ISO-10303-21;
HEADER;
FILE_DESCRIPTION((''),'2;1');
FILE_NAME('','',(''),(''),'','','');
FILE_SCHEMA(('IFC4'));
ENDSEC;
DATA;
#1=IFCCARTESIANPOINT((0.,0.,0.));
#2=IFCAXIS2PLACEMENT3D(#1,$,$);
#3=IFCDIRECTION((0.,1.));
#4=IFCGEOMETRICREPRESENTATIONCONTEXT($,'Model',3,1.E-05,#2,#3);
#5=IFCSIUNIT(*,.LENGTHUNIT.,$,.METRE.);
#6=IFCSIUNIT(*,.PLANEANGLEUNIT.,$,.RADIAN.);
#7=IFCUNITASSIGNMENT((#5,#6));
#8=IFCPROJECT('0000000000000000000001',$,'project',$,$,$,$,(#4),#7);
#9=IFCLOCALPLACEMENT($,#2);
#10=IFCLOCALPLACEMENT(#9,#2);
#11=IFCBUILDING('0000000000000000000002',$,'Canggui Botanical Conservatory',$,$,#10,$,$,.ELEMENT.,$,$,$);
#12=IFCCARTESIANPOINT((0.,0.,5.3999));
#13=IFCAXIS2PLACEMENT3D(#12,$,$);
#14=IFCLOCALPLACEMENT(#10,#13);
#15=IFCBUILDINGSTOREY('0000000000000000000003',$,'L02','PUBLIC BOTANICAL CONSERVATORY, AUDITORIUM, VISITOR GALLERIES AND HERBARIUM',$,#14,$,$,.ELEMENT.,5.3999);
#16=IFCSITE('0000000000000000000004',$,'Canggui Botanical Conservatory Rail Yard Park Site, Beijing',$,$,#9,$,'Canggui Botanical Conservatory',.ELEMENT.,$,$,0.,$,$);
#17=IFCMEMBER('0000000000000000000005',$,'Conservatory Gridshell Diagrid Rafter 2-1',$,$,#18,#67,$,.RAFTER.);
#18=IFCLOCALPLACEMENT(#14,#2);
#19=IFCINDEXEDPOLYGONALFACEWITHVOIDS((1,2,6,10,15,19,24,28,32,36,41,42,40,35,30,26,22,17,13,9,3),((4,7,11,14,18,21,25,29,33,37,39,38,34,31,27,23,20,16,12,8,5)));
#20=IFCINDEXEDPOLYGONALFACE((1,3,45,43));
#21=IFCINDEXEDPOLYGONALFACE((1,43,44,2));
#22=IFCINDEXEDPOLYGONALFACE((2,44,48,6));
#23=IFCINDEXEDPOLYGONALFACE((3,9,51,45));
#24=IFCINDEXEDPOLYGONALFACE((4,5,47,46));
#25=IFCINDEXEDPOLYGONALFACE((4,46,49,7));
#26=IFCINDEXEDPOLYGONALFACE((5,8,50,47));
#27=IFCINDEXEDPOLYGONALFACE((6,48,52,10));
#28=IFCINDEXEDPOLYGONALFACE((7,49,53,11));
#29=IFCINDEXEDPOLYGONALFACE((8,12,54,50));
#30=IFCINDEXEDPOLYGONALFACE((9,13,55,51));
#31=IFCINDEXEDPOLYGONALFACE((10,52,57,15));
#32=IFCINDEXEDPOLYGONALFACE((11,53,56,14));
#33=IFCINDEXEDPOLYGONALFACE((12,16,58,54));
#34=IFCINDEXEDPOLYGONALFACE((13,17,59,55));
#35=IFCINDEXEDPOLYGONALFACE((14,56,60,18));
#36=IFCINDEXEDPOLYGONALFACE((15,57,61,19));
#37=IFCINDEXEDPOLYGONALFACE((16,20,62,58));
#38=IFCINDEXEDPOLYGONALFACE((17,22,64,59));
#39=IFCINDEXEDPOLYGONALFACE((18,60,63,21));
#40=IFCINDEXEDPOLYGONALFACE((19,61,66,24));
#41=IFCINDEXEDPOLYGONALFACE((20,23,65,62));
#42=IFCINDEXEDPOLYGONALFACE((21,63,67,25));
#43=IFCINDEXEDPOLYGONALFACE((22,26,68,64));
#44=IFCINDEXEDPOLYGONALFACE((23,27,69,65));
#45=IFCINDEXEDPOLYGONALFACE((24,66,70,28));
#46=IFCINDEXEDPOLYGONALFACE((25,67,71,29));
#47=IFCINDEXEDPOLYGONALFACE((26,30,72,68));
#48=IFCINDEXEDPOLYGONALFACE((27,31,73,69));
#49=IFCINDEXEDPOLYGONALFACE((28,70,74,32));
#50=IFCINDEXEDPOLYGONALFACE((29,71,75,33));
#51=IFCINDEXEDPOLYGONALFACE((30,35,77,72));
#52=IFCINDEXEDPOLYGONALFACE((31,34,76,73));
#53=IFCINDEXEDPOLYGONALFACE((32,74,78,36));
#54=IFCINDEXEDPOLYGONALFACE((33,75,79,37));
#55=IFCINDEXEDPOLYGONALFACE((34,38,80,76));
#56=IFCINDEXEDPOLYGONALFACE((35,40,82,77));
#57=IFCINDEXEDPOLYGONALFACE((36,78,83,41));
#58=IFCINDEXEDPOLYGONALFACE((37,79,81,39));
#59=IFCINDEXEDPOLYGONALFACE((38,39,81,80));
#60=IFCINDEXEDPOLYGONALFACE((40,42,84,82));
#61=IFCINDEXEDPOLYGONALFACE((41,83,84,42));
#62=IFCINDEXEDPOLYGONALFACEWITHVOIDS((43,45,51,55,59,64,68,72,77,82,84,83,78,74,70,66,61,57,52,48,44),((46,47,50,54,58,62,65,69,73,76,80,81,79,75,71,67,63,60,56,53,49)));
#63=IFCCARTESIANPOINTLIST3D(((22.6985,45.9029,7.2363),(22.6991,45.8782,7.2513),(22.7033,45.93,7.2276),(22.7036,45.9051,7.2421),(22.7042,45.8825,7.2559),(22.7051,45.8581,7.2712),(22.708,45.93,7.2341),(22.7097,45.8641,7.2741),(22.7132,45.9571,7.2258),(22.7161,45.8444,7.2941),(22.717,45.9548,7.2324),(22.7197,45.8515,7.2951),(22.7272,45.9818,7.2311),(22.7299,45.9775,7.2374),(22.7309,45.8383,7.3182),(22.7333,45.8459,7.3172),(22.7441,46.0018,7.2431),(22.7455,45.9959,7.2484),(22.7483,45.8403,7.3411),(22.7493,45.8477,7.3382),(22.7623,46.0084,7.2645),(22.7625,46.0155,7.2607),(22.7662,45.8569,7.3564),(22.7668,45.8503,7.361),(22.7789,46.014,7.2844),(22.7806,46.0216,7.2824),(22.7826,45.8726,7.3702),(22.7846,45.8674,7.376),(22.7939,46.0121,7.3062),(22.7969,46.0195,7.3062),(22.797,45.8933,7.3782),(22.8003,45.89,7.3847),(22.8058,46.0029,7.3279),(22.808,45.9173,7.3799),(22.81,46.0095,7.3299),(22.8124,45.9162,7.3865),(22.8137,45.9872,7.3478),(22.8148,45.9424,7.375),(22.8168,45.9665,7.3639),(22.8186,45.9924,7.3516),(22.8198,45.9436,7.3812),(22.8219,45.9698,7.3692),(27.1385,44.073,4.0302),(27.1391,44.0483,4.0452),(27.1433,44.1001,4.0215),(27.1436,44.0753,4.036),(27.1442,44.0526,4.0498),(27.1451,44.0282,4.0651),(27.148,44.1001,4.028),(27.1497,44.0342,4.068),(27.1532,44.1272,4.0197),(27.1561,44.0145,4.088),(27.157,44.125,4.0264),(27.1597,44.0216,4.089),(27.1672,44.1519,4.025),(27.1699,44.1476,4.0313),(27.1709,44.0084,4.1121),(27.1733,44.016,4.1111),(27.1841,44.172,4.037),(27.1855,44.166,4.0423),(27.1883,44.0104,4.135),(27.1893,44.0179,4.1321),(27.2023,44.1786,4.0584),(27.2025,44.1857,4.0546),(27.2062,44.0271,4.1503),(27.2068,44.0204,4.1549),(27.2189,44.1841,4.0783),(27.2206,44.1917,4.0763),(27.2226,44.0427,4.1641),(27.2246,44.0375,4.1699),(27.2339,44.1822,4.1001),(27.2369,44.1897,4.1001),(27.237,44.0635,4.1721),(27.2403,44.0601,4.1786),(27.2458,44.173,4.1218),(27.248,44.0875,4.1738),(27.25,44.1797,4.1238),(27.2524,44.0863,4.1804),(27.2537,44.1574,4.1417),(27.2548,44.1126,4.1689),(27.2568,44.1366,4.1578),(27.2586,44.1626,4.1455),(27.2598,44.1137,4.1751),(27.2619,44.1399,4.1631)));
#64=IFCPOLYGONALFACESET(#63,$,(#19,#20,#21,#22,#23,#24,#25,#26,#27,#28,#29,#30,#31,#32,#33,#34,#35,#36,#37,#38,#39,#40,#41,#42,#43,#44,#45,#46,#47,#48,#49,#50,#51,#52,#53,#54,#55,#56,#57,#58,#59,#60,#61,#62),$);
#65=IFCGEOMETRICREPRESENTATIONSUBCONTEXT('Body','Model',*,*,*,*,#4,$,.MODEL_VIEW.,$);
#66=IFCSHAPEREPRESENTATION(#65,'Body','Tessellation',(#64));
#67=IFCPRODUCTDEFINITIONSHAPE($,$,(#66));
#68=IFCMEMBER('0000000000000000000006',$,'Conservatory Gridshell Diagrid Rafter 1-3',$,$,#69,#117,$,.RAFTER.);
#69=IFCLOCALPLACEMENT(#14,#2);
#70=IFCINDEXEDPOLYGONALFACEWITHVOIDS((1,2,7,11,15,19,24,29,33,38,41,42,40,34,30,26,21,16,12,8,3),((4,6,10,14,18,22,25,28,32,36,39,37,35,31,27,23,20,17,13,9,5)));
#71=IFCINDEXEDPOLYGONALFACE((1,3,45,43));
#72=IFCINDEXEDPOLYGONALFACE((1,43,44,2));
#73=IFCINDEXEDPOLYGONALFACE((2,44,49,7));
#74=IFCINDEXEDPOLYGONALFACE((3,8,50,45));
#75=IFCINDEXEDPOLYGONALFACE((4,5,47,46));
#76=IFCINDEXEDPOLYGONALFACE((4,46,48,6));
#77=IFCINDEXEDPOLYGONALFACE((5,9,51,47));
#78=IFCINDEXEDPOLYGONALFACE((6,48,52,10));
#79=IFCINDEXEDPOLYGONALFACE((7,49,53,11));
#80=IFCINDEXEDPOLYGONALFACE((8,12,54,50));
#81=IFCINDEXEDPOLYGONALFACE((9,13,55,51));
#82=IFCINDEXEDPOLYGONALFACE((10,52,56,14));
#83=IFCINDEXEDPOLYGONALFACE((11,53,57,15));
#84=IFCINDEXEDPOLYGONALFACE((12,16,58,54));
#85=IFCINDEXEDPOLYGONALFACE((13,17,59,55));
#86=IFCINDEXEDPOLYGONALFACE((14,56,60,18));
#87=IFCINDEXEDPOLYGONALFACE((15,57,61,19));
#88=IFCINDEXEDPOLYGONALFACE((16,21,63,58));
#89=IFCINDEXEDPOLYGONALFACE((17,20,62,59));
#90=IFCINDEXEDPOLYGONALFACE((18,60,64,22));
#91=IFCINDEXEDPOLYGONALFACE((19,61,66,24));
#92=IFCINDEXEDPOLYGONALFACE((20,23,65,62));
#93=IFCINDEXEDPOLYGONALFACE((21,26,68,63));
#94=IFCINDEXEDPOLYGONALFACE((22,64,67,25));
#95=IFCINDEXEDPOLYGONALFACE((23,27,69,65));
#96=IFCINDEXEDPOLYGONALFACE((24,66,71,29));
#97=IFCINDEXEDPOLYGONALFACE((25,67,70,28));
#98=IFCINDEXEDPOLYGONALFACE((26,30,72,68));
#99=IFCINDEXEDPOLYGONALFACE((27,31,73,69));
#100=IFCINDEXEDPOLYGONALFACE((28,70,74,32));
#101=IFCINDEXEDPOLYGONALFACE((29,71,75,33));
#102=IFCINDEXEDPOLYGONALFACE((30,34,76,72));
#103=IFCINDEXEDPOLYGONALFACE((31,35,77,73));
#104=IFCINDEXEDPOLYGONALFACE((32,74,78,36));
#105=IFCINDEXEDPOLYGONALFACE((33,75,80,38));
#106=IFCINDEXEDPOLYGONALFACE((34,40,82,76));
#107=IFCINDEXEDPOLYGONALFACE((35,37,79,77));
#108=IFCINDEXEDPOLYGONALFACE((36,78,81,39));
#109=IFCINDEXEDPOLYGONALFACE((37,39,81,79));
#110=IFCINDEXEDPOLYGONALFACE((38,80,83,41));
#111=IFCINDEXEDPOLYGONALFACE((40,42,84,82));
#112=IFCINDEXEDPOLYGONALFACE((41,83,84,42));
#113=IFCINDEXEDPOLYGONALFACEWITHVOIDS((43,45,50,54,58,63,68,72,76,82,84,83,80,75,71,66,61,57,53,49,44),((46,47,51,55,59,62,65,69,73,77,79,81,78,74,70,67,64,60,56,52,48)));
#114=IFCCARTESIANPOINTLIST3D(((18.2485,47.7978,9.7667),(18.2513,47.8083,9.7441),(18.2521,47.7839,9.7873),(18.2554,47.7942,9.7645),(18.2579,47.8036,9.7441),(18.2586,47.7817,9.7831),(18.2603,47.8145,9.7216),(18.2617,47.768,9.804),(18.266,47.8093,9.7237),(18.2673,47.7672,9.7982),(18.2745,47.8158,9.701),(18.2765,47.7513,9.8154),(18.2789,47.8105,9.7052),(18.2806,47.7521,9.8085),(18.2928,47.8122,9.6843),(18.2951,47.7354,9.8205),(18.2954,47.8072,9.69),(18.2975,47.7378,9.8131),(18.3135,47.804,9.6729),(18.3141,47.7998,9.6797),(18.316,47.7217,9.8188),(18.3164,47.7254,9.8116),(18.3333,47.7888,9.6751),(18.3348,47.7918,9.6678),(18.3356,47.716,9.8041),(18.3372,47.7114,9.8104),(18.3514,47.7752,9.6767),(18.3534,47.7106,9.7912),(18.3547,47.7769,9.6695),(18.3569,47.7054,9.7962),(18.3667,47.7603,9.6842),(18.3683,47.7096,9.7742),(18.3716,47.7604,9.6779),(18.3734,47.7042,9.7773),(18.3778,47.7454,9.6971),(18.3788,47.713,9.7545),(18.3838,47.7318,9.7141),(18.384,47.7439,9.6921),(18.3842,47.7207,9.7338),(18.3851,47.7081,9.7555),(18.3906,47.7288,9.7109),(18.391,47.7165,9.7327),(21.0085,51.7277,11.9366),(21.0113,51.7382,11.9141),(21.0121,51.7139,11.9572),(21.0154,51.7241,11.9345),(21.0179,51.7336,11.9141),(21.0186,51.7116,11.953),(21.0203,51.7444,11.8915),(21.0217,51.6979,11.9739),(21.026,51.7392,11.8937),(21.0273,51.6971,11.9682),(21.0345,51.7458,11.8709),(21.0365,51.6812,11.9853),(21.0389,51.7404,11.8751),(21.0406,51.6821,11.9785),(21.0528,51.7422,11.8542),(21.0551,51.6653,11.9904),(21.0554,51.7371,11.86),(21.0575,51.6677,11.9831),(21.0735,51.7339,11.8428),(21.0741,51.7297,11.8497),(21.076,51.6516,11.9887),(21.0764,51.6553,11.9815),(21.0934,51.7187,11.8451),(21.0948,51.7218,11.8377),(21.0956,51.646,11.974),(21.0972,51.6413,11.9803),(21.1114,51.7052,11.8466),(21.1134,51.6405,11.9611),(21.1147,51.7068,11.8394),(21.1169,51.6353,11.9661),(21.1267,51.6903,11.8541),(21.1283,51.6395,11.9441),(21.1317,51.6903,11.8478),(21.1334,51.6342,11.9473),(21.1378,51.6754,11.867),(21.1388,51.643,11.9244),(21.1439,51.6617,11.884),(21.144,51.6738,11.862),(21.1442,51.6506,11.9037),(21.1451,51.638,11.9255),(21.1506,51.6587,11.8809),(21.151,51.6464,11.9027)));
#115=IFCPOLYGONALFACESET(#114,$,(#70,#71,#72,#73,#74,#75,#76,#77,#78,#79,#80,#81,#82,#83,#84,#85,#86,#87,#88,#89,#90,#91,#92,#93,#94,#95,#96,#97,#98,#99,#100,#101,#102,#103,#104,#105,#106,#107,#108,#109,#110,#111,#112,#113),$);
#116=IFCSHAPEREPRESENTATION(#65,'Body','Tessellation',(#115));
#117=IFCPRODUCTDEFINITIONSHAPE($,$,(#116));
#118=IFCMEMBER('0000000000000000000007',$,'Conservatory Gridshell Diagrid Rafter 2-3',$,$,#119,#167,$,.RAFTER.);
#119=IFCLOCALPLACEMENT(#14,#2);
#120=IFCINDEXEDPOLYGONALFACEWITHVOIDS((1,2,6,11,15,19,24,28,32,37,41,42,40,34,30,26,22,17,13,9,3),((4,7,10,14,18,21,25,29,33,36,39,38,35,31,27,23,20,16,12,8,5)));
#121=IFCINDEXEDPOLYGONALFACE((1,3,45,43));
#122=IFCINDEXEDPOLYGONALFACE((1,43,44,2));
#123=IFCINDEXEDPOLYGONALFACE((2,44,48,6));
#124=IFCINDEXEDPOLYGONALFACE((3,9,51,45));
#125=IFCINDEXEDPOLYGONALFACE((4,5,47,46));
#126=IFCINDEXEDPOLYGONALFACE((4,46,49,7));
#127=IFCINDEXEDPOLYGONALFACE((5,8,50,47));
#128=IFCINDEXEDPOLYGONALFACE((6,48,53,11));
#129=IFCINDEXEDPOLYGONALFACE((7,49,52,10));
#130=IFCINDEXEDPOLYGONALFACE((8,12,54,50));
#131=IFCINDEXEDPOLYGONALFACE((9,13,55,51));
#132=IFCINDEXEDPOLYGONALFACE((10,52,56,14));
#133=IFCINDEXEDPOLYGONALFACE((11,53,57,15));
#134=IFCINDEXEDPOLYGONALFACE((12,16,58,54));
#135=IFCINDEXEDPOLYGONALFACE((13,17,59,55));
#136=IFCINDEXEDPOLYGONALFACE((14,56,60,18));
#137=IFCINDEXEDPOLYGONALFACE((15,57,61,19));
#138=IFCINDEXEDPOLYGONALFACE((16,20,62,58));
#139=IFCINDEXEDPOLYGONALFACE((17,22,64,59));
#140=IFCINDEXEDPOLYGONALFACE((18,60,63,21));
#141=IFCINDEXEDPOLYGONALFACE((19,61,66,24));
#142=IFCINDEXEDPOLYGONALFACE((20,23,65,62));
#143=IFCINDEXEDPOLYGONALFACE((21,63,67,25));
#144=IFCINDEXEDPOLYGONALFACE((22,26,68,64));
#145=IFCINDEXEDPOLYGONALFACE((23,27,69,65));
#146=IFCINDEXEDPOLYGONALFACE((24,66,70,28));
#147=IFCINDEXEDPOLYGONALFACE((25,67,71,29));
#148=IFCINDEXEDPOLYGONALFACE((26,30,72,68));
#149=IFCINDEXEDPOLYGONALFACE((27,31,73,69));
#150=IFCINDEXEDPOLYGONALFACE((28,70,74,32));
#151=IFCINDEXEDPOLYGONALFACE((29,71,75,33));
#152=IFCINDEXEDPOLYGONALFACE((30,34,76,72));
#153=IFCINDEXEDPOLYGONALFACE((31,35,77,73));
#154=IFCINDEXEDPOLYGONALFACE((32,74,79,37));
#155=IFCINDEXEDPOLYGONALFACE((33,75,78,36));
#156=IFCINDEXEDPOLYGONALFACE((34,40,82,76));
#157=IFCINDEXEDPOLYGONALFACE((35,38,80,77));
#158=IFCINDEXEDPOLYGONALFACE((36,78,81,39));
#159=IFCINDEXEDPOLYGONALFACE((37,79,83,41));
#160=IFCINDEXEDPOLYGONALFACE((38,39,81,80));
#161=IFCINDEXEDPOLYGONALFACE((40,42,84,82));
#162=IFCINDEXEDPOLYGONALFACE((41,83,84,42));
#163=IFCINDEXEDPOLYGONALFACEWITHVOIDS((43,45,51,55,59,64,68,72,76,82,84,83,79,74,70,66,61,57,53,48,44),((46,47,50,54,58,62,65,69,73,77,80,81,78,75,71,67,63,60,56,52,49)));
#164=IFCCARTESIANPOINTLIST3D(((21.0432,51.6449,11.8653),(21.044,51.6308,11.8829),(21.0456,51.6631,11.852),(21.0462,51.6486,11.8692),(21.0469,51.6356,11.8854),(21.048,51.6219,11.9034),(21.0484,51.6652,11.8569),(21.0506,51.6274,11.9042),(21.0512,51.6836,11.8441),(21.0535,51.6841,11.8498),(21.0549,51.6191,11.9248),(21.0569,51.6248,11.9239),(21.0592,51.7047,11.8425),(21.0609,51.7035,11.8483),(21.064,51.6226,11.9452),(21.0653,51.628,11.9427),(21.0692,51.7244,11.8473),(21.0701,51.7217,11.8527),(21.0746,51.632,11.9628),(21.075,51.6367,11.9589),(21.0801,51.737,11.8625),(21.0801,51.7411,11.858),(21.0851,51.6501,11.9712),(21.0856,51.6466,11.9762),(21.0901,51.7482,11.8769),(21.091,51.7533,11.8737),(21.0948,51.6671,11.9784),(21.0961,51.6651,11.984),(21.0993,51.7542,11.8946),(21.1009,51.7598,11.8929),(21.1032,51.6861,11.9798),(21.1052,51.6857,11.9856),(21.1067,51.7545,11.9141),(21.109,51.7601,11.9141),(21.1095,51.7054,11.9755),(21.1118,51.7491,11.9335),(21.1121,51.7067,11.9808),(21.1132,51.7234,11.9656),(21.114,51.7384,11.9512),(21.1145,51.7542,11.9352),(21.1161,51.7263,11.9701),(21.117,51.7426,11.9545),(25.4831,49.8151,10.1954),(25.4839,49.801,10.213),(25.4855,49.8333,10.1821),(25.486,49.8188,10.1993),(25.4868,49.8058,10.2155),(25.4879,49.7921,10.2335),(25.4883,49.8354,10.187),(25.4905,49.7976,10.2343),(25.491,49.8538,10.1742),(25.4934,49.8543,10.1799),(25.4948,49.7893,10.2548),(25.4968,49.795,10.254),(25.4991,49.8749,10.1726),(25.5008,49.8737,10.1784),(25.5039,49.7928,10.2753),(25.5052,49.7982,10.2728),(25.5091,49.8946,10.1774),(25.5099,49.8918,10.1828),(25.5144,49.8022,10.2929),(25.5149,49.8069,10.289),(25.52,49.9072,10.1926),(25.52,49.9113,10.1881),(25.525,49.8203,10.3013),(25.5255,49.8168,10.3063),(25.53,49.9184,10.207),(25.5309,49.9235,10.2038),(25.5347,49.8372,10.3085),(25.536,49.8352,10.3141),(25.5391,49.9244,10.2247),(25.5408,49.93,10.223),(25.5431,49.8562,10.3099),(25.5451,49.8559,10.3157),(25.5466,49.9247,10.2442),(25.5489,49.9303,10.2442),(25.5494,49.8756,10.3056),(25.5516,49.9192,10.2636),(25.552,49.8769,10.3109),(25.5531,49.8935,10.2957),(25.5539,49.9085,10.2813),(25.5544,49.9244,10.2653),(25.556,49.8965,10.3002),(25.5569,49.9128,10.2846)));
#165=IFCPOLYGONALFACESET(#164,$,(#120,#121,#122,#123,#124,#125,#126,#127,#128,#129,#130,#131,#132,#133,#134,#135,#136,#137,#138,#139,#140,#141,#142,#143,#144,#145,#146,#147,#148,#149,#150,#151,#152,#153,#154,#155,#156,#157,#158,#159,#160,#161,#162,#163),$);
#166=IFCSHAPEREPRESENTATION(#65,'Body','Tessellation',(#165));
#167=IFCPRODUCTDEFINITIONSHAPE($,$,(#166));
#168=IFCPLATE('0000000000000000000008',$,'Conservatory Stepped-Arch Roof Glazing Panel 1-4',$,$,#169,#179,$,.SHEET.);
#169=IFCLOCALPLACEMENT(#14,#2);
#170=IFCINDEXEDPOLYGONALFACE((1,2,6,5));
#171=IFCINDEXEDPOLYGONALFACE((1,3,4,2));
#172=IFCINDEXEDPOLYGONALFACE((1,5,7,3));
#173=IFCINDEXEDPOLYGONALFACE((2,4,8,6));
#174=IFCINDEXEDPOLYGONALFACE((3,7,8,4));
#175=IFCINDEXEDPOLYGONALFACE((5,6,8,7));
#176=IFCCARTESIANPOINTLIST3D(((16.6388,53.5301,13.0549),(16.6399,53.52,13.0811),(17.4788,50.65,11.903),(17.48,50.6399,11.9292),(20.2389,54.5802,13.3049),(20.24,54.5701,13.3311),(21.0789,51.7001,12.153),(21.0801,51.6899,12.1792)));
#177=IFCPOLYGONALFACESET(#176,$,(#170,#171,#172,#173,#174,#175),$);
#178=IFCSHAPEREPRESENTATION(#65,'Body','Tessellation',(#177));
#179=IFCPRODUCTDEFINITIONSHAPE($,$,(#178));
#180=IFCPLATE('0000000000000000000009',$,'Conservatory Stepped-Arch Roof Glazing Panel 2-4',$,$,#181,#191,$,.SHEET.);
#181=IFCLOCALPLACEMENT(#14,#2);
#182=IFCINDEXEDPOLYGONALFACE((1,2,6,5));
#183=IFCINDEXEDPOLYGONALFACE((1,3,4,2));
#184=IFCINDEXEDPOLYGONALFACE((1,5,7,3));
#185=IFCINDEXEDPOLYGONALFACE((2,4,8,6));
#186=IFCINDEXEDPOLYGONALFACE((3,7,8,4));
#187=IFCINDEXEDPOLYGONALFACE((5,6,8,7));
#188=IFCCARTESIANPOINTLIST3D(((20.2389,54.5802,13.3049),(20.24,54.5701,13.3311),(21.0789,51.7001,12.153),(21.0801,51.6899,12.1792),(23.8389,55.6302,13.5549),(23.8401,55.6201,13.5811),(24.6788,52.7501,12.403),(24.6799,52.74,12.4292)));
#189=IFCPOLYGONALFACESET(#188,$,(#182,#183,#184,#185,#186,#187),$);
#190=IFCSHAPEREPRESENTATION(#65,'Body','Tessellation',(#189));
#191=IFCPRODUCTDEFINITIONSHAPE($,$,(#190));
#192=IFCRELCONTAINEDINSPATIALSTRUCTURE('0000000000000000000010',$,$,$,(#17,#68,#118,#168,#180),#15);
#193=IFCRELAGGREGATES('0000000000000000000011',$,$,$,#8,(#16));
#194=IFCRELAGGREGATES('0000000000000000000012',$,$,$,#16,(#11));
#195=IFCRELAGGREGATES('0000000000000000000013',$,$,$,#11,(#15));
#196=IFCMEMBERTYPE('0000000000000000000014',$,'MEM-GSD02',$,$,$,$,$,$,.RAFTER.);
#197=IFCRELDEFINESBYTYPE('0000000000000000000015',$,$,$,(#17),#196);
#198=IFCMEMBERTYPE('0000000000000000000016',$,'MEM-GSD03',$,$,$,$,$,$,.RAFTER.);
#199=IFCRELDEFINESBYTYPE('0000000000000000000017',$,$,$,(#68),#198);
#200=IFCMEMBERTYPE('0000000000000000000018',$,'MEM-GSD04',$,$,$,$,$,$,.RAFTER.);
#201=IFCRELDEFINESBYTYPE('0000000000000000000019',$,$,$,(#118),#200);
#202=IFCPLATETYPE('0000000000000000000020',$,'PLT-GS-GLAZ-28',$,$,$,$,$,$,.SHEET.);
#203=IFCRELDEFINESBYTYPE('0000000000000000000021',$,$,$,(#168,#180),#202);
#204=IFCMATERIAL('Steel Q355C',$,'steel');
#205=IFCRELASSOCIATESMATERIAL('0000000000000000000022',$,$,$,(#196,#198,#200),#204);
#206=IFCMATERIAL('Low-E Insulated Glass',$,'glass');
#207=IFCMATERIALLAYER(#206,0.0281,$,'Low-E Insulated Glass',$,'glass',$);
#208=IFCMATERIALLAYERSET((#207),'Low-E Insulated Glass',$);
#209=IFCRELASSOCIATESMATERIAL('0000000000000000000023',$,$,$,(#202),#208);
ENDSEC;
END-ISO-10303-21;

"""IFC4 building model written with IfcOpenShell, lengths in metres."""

from ifc_helpers import new_model, si_unit, direction, frame, origin, origin_2d, place, context, subcontext, project, spatial, polyline, hollow_circle, outline, extrude, material, layer, layer_set, material_profile, profile_set, type_object, element, save


model = new_model("IFC4")

# Units and contexts
model_context = context("Model", 3, precision=1e-05, world=origin(), true_north=direction((0.0, 1.0)))
body_context = subcontext(model_context, "Body", "Model", "MODEL_VIEW")
ifc_project = project(units=[si_unit("LENGTHUNIT", "METRE"), si_unit("PLANEANGLEUNIT", "RADIAN")], contexts=[model_context])

# Site, building, storey
site_placement = place(None, origin())
site = spatial("IfcSite", under=ifc_project, at=site_placement, Name="Canggui Botanical Conservatory Rail Yard Park Site, Beijing", LongName="Canggui Botanical Conservatory", CompositionType="ELEMENT", RefElevation=0.0)
building_placement = place(site_placement, origin())
building = spatial("IfcBuilding", under=site, at=building_placement, Name="Canggui Botanical Conservatory", CompositionType="ELEMENT")
storey_placement = place(building_placement, frame((0.0, 0.0, 5.3999)))
storey = spatial("IfcBuildingStorey", under=building, at=storey_placement, Name="L02", Description="PUBLIC BOTANICAL CONSERVATORY, AUDITORIUM, VISITOR GALLERIES AND HERBARIUM", CompositionType="ELEMENT", Elevation=5.3999)

# Shared definitions
ifc_material_1 = material(Name="Steel Q355C", Category="steel")

# Members
ifc_material_profile_1 = material_profile(ifc_material_1, hollow_circle(Radius=0.0969, WallThickness=0.0081, at=origin_2d()), Name="CHS 194x8")
ifc_profile_set_1 = profile_set([ifc_material_profile_1], Name="Steel Q355C")
member_type_1 = type_object("IfcMemberType", Name="MEM-GSD02", PredefinedType="RAFTER", material=ifc_profile_set_1)
member_1_placement = place(storey_placement, frame((22.76, 45.9299, 7.3062), z_axis=(0.768942, -0.316904, -0.555248), x_axis=(0.381039, 0.924559, 0.0)))
element("IfcMember", 1, at=member_1_placement, inside=storey, type_object=member_type_1, Name="Conservatory Gridshell Diagrid Rafter 2-1", PredefinedType="RAFTER", context=body_context, shape_type="SweptSolid", body=[
    extrude(hollow_circle(Radius=0.0969, WallThickness=0.0081, at=origin_2d()), origin(), (0.0, 0.0, 1.0), 5.7742),
])
ifc_material_profile_2 = material_profile(ifc_material_1, hollow_circle(Radius=0.084, WallThickness=0.0081, at=origin_2d()), Name="CHS 168x8")
ifc_profile_set_2 = profile_set([ifc_material_profile_2], Name="Steel Q355C")
member_type_2 = type_object("IfcMemberType", Name="MEM-GSD03", PredefinedType="RAFTER", material=ifc_profile_set_2)
member_2_placement = place(storey_placement, frame((18.3201, 47.76, 9.7441), z_axis=(0.523743, 0.745749, 0.411767), x_axis=(-0.818345, 0.574728, 0.0)))
element("IfcMember", 2, at=member_2_placement, inside=storey, type_object=member_type_2, Name="Conservatory Gridshell Diagrid Rafter 1-3", PredefinedType="RAFTER", context=body_context, shape_type="SweptSolid", body=[
    extrude(hollow_circle(Radius=0.084, WallThickness=0.0081, at=origin_2d()), origin(), (0.0, 0.0, 1.0), 5.2698),
])
ifc_material_profile_3 = material_profile(ifc_material_1, hollow_circle(Radius=0.0759, WallThickness=0.0061, at=origin_2d()), Name="CHS 152x6")
ifc_profile_set_3 = profile_set([ifc_material_profile_3], Name="Steel Q355C")
member_type_3 = type_object("IfcMemberType", Name="MEM-GSD04", PredefinedType="RAFTER", material=ifc_profile_set_3)
member_3_placement = place(storey_placement, frame((21.0801, 51.6899, 11.9141), z_axis=(0.873267, -0.3599, -0.328447), x_axis=(0.381039, 0.924559, 0.0)))
element("IfcMember", 3, at=member_3_placement, inside=storey, type_object=member_type_3, Name="Conservatory Gridshell Diagrid Rafter 2-3", PredefinedType="RAFTER", context=body_context, shape_type="SweptSolid", body=[
    extrude(hollow_circle(Radius=0.0759, WallThickness=0.0061, at=origin_2d()), origin(), (0.0, 0.0, 1.0), 5.0842),
])

# Plates
ifc_material_2 = material(Name="Low-E Insulated Glass", Category="glass")
ifc_layer_1 = layer(ifc_material_2, 0.0281, Name="Low-E Insulated Glass", Category="glass")
ifc_layer_set_1 = layer_set([ifc_layer_1], Name="Low-E Insulated Glass")
plate_type_1 = type_object("IfcPlateType", Name="PLT-GS-GLAZ-28", PredefinedType="SHEET", material=ifc_layer_set_1)
plate_1_placement = place(storey_placement, frame((17.48, 50.6399, 11.9292), z_axis=(0.040536, -0.360815, 0.931756), x_axis=(0.957872, 0.279385, 0.066517)))
element("IfcPlate", 4, at=plate_1_placement, inside=storey, type_object=plate_type_1, Name="Conservatory Stepped-Arch Roof Glazing Panel 1-4", PredefinedType="SHEET", context=body_context, shape_type="SweptSolid", body=[
    extrude(outline(polyline([(0.0, 0.0), (3.7584, 0.0), (3.835, 3.2128), (0.0766, 3.2128), (0.0, 0.0)])), origin(), (0.0, 0.0, -1.0), 0.0281),
])
plate_2_placement = place(storey_placement, frame((21.0801, 51.6899, 12.1792), z_axis=(0.040538, -0.360816, 0.931755), x_axis=(0.957867, 0.279402, 0.066522)))
element("IfcPlate", 5, at=plate_2_placement, inside=storey, type_object=plate_type_1, Name="Conservatory Stepped-Arch Roof Glazing Panel 2-4", PredefinedType="SHEET", context=body_context, shape_type="SweptSolid", body=[
    extrude(outline(polyline([(0.0, 0.0), (3.7582, 0.0), (3.8351, 3.2127), (0.0766, 3.2128), (0.0, 0.0)])), origin(), (0.0, 0.0, -1.0), 0.0281),
])

save(model, "model.ifc")
